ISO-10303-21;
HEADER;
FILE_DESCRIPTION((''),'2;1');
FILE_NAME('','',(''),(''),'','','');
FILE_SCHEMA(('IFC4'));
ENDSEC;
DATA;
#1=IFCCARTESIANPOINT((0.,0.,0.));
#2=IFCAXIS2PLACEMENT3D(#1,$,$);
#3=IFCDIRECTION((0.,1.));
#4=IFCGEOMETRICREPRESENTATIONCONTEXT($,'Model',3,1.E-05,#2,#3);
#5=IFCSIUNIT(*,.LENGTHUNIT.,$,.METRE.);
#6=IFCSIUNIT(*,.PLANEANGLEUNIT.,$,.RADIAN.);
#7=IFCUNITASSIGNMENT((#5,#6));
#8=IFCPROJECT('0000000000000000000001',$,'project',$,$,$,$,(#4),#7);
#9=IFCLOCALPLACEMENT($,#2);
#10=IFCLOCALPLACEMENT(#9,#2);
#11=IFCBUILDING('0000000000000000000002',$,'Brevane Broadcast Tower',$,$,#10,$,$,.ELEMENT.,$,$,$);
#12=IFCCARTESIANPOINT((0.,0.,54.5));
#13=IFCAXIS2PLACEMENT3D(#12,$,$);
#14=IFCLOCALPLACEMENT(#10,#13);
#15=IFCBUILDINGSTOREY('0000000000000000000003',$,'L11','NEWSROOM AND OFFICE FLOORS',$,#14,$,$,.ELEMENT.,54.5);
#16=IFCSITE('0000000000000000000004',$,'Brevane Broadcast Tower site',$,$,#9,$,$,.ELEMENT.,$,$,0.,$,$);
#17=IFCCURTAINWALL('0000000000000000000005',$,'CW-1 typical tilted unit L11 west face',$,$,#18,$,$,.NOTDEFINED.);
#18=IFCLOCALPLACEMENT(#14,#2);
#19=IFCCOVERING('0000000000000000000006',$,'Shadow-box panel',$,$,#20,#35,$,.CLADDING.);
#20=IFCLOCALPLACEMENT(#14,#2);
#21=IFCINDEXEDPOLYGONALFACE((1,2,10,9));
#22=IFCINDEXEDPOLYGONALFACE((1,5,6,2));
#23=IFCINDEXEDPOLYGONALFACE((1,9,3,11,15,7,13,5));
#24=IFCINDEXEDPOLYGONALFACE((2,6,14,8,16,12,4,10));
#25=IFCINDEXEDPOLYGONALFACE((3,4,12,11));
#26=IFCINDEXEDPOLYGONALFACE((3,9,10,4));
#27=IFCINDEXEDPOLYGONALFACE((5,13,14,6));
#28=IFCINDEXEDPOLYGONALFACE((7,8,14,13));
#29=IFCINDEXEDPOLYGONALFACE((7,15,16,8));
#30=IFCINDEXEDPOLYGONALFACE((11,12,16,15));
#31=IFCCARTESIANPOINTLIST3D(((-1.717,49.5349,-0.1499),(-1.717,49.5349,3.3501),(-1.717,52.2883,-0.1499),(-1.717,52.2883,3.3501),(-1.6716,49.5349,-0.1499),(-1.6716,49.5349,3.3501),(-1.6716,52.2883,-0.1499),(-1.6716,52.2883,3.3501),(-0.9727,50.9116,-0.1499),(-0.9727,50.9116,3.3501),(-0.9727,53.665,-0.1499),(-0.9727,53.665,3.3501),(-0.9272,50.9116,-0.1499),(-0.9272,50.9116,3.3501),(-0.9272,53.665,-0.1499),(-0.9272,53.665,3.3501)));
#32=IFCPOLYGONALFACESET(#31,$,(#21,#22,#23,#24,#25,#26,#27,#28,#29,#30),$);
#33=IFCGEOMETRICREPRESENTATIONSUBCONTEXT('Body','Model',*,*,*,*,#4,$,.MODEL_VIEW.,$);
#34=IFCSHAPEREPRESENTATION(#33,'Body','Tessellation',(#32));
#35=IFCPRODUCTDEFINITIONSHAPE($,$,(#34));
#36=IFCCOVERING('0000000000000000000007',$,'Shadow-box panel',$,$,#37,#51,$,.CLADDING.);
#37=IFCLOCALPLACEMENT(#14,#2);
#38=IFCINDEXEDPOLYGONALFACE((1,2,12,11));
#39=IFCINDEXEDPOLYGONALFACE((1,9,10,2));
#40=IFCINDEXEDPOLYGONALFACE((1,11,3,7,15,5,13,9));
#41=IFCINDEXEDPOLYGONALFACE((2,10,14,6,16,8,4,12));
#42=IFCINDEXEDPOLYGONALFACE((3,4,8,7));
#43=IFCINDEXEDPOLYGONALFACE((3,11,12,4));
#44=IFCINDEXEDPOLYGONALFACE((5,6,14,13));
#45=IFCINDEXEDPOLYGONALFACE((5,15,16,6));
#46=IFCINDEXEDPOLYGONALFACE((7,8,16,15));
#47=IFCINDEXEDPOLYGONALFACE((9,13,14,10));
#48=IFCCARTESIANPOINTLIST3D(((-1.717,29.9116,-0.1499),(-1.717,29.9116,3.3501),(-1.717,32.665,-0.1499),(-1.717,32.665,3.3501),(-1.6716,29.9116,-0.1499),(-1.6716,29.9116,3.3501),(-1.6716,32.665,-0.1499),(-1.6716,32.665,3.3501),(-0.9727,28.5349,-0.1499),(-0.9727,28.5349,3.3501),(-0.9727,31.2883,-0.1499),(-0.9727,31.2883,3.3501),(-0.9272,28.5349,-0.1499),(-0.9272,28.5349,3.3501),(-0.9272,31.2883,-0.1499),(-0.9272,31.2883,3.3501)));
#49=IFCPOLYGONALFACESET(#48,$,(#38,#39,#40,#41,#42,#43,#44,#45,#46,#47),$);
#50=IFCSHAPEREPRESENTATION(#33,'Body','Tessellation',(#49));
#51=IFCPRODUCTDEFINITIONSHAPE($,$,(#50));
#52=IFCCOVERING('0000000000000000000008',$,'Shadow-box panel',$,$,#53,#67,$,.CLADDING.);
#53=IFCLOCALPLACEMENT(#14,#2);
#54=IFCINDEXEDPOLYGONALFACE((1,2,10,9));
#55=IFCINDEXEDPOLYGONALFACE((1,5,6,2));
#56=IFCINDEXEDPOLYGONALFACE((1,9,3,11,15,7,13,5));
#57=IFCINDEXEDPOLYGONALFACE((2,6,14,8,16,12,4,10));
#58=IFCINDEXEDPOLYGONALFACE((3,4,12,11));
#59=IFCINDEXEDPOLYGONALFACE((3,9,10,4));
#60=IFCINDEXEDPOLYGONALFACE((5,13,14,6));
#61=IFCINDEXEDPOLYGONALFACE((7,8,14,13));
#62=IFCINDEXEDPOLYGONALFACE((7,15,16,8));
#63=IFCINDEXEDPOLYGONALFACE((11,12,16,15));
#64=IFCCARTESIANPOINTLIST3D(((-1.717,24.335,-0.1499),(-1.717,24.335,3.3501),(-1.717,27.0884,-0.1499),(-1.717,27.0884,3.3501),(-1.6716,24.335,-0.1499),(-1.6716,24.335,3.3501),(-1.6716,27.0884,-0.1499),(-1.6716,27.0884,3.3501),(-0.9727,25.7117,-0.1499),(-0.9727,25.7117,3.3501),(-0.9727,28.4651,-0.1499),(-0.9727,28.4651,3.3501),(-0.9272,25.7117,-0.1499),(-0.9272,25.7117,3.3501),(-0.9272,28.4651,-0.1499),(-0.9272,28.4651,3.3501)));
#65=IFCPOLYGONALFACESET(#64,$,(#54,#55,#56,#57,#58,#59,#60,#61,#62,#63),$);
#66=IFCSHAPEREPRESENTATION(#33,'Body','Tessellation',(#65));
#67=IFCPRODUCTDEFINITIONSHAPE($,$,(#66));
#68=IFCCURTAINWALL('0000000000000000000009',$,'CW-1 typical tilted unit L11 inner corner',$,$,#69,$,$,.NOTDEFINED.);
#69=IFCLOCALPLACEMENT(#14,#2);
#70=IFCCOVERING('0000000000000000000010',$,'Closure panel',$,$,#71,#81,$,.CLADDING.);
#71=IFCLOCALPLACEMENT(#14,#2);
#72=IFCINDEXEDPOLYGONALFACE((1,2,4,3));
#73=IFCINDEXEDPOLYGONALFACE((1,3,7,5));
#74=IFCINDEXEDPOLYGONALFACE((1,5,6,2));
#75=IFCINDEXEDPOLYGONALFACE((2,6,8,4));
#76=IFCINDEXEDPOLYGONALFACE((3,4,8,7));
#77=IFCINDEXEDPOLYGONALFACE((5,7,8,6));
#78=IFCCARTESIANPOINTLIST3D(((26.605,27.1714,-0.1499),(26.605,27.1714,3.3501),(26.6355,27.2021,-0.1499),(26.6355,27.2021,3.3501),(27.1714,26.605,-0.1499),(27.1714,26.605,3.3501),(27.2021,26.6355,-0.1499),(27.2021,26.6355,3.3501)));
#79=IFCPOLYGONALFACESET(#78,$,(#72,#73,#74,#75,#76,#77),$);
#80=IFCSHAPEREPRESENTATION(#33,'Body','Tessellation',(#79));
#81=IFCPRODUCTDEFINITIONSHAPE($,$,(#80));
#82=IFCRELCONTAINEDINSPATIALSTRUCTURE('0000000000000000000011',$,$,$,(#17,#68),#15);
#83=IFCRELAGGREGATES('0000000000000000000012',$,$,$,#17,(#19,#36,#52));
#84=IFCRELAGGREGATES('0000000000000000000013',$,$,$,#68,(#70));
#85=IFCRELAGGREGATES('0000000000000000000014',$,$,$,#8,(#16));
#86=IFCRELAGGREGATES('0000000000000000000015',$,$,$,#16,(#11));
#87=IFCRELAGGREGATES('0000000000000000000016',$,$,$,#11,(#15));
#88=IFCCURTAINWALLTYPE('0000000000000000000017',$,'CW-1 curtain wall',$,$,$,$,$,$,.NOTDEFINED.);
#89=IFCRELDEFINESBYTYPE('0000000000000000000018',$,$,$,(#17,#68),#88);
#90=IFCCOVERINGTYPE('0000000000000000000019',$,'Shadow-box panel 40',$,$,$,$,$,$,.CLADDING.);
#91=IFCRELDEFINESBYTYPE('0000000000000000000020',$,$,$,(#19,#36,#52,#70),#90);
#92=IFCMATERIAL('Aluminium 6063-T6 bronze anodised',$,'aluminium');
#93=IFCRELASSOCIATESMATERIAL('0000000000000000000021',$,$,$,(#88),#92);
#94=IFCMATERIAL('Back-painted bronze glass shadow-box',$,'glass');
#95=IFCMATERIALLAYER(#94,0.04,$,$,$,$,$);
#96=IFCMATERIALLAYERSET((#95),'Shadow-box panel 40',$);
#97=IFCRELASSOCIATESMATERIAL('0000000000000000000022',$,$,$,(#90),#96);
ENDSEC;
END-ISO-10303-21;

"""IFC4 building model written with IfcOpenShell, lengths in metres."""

from ifc_helpers import new_model, si_unit, direction, frame, origin, place, context, subcontext, project, spatial, polyline, outline, extrude, material, layer, layer_set, type_object, element, aggregate, save


model = new_model("IFC4")

# Units and contexts
model_context = context("Model", 3, precision=1e-05, world=origin(), true_north=direction((0.0, 1.0)))
body_context = subcontext(model_context, "Body", "Model", "MODEL_VIEW")
ifc_project = project(units=[si_unit("LENGTHUNIT", "METRE"), si_unit("PLANEANGLEUNIT", "RADIAN")], contexts=[model_context])

# Site, building, storey
site_placement = place(None, origin())
site = spatial("IfcSite", under=ifc_project, at=site_placement, Name="Brevane Broadcast Tower site", CompositionType="ELEMENT", RefElevation=0.0)
building_placement = place(site_placement, origin())
building = spatial("IfcBuilding", under=site, at=building_placement, Name="Brevane Broadcast Tower", CompositionType="ELEMENT")
storey_placement = place(building_placement, frame((0.0, 0.0, 54.5)))
storey = spatial("IfcBuildingStorey", under=building, at=storey_placement, Name="L11", Description="NEWSROOM AND OFFICE FLOORS", CompositionType="ELEMENT", Elevation=54.5)

# Shared definitions
ifc_material_1 = material(Name="Aluminium 6063-T6 bronze anodised", Category="aluminium")
curtain_wall_type = type_object("IfcCurtainWallType", Name="CW-1 curtain wall", PredefinedType="NOTDEFINED", material=ifc_material_1)

# Curtain wall
curtain_wall_1_placement = place(storey_placement, origin())
curtain_wall_1 = element("IfcCurtainWall", 1, at=curtain_wall_1_placement, inside=storey, type_object=curtain_wall_type, Name="CW-1 typical tilted unit L11 west face", PredefinedType="NOTDEFINED")

# Coverings
ifc_material_2 = material(Name="Back-painted bronze glass shadow-box", Category="glass")
ifc_layer_1 = layer(ifc_material_2, 0.04)
ifc_layer_set_1 = layer_set([ifc_layer_1], Name="Shadow-box panel 40")
covering_type = type_object("IfcCoveringType", Name="Shadow-box panel 40", PredefinedType="CLADDING", material=ifc_layer_set_1)
covering_1_placement = place(storey_placement, frame((0.0, 0.0, -0.1499)))
covering_1 = element("IfcCovering", 2, at=covering_1_placement, type_object=covering_type, Name="Shadow-box panel", PredefinedType="CLADDING", context=body_context, shape_type="SweptSolid", body=[
    extrude(outline(polyline([(-0.9272, 53.665), (-0.9727, 53.665), (-1.717, 52.2883), (-0.9727, 50.9116), (-1.717, 49.5349), (-1.6716, 49.5349), (-0.9272, 50.9116), (-1.6716, 52.2883), (-0.9272, 53.665)])), origin(), (0.0, 0.0, 1.0), 3.5),
])
covering_2_placement = place(storey_placement, frame((0.0, 0.0, -0.1499)))
covering_2 = element("IfcCovering", 3, at=covering_2_placement, type_object=covering_type, Name="Shadow-box panel", PredefinedType="CLADDING", context=body_context, shape_type="SweptSolid", body=[
    extrude(outline(polyline([(-1.6716, 32.665), (-1.717, 32.665), (-0.9727, 31.2883), (-1.717, 29.9116), (-0.9727, 28.5349), (-0.9272, 28.5349), (-1.6716, 29.9116), (-0.9272, 31.2883), (-1.6716, 32.665)])), origin(), (0.0, 0.0, 1.0), 3.5),
])
covering_3_placement = place(storey_placement, frame((0.0, 0.0, -0.1499)))
covering_3 = element("IfcCovering", 4, at=covering_3_placement, type_object=covering_type, Name="Shadow-box panel", PredefinedType="CLADDING", context=body_context, shape_type="SweptSolid", body=[
    extrude(outline(polyline([(-0.9272, 28.4651), (-0.9727, 28.4651), (-1.717, 27.0884), (-0.9727, 25.7117), (-1.717, 24.335), (-1.6716, 24.335), (-0.9272, 25.7117), (-1.6716, 27.0884), (-0.9272, 28.4651)])), origin(), (0.0, 0.0, 1.0), 3.5),
])
aggregate(curtain_wall_1, [covering_1, covering_2, covering_3])

# Curtain wall, covering
curtain_wall_2_placement = place(storey_placement, origin())
curtain_wall_2 = element("IfcCurtainWall", 5, at=curtain_wall_2_placement, inside=storey, type_object=curtain_wall_type, Name="CW-1 typical tilted unit L11 inner corner", PredefinedType="NOTDEFINED")
covering_4_placement = place(storey_placement, frame((0.0, 0.0, -0.1499)))
covering_4 = element("IfcCovering", 6, at=covering_4_placement, type_object=covering_type, Name="Closure panel", PredefinedType="CLADDING", context=body_context, shape_type="SweptSolid", body=[
    extrude(outline(polyline([(27.1714, 26.605), (27.2021, 26.6355), (26.6355, 27.2021), (26.605, 27.1714), (27.1714, 26.605)])), origin(), (0.0, 0.0, 1.0), 3.5),
])
aggregate(curtain_wall_2, [covering_4])

save(model, "model.ifc")
